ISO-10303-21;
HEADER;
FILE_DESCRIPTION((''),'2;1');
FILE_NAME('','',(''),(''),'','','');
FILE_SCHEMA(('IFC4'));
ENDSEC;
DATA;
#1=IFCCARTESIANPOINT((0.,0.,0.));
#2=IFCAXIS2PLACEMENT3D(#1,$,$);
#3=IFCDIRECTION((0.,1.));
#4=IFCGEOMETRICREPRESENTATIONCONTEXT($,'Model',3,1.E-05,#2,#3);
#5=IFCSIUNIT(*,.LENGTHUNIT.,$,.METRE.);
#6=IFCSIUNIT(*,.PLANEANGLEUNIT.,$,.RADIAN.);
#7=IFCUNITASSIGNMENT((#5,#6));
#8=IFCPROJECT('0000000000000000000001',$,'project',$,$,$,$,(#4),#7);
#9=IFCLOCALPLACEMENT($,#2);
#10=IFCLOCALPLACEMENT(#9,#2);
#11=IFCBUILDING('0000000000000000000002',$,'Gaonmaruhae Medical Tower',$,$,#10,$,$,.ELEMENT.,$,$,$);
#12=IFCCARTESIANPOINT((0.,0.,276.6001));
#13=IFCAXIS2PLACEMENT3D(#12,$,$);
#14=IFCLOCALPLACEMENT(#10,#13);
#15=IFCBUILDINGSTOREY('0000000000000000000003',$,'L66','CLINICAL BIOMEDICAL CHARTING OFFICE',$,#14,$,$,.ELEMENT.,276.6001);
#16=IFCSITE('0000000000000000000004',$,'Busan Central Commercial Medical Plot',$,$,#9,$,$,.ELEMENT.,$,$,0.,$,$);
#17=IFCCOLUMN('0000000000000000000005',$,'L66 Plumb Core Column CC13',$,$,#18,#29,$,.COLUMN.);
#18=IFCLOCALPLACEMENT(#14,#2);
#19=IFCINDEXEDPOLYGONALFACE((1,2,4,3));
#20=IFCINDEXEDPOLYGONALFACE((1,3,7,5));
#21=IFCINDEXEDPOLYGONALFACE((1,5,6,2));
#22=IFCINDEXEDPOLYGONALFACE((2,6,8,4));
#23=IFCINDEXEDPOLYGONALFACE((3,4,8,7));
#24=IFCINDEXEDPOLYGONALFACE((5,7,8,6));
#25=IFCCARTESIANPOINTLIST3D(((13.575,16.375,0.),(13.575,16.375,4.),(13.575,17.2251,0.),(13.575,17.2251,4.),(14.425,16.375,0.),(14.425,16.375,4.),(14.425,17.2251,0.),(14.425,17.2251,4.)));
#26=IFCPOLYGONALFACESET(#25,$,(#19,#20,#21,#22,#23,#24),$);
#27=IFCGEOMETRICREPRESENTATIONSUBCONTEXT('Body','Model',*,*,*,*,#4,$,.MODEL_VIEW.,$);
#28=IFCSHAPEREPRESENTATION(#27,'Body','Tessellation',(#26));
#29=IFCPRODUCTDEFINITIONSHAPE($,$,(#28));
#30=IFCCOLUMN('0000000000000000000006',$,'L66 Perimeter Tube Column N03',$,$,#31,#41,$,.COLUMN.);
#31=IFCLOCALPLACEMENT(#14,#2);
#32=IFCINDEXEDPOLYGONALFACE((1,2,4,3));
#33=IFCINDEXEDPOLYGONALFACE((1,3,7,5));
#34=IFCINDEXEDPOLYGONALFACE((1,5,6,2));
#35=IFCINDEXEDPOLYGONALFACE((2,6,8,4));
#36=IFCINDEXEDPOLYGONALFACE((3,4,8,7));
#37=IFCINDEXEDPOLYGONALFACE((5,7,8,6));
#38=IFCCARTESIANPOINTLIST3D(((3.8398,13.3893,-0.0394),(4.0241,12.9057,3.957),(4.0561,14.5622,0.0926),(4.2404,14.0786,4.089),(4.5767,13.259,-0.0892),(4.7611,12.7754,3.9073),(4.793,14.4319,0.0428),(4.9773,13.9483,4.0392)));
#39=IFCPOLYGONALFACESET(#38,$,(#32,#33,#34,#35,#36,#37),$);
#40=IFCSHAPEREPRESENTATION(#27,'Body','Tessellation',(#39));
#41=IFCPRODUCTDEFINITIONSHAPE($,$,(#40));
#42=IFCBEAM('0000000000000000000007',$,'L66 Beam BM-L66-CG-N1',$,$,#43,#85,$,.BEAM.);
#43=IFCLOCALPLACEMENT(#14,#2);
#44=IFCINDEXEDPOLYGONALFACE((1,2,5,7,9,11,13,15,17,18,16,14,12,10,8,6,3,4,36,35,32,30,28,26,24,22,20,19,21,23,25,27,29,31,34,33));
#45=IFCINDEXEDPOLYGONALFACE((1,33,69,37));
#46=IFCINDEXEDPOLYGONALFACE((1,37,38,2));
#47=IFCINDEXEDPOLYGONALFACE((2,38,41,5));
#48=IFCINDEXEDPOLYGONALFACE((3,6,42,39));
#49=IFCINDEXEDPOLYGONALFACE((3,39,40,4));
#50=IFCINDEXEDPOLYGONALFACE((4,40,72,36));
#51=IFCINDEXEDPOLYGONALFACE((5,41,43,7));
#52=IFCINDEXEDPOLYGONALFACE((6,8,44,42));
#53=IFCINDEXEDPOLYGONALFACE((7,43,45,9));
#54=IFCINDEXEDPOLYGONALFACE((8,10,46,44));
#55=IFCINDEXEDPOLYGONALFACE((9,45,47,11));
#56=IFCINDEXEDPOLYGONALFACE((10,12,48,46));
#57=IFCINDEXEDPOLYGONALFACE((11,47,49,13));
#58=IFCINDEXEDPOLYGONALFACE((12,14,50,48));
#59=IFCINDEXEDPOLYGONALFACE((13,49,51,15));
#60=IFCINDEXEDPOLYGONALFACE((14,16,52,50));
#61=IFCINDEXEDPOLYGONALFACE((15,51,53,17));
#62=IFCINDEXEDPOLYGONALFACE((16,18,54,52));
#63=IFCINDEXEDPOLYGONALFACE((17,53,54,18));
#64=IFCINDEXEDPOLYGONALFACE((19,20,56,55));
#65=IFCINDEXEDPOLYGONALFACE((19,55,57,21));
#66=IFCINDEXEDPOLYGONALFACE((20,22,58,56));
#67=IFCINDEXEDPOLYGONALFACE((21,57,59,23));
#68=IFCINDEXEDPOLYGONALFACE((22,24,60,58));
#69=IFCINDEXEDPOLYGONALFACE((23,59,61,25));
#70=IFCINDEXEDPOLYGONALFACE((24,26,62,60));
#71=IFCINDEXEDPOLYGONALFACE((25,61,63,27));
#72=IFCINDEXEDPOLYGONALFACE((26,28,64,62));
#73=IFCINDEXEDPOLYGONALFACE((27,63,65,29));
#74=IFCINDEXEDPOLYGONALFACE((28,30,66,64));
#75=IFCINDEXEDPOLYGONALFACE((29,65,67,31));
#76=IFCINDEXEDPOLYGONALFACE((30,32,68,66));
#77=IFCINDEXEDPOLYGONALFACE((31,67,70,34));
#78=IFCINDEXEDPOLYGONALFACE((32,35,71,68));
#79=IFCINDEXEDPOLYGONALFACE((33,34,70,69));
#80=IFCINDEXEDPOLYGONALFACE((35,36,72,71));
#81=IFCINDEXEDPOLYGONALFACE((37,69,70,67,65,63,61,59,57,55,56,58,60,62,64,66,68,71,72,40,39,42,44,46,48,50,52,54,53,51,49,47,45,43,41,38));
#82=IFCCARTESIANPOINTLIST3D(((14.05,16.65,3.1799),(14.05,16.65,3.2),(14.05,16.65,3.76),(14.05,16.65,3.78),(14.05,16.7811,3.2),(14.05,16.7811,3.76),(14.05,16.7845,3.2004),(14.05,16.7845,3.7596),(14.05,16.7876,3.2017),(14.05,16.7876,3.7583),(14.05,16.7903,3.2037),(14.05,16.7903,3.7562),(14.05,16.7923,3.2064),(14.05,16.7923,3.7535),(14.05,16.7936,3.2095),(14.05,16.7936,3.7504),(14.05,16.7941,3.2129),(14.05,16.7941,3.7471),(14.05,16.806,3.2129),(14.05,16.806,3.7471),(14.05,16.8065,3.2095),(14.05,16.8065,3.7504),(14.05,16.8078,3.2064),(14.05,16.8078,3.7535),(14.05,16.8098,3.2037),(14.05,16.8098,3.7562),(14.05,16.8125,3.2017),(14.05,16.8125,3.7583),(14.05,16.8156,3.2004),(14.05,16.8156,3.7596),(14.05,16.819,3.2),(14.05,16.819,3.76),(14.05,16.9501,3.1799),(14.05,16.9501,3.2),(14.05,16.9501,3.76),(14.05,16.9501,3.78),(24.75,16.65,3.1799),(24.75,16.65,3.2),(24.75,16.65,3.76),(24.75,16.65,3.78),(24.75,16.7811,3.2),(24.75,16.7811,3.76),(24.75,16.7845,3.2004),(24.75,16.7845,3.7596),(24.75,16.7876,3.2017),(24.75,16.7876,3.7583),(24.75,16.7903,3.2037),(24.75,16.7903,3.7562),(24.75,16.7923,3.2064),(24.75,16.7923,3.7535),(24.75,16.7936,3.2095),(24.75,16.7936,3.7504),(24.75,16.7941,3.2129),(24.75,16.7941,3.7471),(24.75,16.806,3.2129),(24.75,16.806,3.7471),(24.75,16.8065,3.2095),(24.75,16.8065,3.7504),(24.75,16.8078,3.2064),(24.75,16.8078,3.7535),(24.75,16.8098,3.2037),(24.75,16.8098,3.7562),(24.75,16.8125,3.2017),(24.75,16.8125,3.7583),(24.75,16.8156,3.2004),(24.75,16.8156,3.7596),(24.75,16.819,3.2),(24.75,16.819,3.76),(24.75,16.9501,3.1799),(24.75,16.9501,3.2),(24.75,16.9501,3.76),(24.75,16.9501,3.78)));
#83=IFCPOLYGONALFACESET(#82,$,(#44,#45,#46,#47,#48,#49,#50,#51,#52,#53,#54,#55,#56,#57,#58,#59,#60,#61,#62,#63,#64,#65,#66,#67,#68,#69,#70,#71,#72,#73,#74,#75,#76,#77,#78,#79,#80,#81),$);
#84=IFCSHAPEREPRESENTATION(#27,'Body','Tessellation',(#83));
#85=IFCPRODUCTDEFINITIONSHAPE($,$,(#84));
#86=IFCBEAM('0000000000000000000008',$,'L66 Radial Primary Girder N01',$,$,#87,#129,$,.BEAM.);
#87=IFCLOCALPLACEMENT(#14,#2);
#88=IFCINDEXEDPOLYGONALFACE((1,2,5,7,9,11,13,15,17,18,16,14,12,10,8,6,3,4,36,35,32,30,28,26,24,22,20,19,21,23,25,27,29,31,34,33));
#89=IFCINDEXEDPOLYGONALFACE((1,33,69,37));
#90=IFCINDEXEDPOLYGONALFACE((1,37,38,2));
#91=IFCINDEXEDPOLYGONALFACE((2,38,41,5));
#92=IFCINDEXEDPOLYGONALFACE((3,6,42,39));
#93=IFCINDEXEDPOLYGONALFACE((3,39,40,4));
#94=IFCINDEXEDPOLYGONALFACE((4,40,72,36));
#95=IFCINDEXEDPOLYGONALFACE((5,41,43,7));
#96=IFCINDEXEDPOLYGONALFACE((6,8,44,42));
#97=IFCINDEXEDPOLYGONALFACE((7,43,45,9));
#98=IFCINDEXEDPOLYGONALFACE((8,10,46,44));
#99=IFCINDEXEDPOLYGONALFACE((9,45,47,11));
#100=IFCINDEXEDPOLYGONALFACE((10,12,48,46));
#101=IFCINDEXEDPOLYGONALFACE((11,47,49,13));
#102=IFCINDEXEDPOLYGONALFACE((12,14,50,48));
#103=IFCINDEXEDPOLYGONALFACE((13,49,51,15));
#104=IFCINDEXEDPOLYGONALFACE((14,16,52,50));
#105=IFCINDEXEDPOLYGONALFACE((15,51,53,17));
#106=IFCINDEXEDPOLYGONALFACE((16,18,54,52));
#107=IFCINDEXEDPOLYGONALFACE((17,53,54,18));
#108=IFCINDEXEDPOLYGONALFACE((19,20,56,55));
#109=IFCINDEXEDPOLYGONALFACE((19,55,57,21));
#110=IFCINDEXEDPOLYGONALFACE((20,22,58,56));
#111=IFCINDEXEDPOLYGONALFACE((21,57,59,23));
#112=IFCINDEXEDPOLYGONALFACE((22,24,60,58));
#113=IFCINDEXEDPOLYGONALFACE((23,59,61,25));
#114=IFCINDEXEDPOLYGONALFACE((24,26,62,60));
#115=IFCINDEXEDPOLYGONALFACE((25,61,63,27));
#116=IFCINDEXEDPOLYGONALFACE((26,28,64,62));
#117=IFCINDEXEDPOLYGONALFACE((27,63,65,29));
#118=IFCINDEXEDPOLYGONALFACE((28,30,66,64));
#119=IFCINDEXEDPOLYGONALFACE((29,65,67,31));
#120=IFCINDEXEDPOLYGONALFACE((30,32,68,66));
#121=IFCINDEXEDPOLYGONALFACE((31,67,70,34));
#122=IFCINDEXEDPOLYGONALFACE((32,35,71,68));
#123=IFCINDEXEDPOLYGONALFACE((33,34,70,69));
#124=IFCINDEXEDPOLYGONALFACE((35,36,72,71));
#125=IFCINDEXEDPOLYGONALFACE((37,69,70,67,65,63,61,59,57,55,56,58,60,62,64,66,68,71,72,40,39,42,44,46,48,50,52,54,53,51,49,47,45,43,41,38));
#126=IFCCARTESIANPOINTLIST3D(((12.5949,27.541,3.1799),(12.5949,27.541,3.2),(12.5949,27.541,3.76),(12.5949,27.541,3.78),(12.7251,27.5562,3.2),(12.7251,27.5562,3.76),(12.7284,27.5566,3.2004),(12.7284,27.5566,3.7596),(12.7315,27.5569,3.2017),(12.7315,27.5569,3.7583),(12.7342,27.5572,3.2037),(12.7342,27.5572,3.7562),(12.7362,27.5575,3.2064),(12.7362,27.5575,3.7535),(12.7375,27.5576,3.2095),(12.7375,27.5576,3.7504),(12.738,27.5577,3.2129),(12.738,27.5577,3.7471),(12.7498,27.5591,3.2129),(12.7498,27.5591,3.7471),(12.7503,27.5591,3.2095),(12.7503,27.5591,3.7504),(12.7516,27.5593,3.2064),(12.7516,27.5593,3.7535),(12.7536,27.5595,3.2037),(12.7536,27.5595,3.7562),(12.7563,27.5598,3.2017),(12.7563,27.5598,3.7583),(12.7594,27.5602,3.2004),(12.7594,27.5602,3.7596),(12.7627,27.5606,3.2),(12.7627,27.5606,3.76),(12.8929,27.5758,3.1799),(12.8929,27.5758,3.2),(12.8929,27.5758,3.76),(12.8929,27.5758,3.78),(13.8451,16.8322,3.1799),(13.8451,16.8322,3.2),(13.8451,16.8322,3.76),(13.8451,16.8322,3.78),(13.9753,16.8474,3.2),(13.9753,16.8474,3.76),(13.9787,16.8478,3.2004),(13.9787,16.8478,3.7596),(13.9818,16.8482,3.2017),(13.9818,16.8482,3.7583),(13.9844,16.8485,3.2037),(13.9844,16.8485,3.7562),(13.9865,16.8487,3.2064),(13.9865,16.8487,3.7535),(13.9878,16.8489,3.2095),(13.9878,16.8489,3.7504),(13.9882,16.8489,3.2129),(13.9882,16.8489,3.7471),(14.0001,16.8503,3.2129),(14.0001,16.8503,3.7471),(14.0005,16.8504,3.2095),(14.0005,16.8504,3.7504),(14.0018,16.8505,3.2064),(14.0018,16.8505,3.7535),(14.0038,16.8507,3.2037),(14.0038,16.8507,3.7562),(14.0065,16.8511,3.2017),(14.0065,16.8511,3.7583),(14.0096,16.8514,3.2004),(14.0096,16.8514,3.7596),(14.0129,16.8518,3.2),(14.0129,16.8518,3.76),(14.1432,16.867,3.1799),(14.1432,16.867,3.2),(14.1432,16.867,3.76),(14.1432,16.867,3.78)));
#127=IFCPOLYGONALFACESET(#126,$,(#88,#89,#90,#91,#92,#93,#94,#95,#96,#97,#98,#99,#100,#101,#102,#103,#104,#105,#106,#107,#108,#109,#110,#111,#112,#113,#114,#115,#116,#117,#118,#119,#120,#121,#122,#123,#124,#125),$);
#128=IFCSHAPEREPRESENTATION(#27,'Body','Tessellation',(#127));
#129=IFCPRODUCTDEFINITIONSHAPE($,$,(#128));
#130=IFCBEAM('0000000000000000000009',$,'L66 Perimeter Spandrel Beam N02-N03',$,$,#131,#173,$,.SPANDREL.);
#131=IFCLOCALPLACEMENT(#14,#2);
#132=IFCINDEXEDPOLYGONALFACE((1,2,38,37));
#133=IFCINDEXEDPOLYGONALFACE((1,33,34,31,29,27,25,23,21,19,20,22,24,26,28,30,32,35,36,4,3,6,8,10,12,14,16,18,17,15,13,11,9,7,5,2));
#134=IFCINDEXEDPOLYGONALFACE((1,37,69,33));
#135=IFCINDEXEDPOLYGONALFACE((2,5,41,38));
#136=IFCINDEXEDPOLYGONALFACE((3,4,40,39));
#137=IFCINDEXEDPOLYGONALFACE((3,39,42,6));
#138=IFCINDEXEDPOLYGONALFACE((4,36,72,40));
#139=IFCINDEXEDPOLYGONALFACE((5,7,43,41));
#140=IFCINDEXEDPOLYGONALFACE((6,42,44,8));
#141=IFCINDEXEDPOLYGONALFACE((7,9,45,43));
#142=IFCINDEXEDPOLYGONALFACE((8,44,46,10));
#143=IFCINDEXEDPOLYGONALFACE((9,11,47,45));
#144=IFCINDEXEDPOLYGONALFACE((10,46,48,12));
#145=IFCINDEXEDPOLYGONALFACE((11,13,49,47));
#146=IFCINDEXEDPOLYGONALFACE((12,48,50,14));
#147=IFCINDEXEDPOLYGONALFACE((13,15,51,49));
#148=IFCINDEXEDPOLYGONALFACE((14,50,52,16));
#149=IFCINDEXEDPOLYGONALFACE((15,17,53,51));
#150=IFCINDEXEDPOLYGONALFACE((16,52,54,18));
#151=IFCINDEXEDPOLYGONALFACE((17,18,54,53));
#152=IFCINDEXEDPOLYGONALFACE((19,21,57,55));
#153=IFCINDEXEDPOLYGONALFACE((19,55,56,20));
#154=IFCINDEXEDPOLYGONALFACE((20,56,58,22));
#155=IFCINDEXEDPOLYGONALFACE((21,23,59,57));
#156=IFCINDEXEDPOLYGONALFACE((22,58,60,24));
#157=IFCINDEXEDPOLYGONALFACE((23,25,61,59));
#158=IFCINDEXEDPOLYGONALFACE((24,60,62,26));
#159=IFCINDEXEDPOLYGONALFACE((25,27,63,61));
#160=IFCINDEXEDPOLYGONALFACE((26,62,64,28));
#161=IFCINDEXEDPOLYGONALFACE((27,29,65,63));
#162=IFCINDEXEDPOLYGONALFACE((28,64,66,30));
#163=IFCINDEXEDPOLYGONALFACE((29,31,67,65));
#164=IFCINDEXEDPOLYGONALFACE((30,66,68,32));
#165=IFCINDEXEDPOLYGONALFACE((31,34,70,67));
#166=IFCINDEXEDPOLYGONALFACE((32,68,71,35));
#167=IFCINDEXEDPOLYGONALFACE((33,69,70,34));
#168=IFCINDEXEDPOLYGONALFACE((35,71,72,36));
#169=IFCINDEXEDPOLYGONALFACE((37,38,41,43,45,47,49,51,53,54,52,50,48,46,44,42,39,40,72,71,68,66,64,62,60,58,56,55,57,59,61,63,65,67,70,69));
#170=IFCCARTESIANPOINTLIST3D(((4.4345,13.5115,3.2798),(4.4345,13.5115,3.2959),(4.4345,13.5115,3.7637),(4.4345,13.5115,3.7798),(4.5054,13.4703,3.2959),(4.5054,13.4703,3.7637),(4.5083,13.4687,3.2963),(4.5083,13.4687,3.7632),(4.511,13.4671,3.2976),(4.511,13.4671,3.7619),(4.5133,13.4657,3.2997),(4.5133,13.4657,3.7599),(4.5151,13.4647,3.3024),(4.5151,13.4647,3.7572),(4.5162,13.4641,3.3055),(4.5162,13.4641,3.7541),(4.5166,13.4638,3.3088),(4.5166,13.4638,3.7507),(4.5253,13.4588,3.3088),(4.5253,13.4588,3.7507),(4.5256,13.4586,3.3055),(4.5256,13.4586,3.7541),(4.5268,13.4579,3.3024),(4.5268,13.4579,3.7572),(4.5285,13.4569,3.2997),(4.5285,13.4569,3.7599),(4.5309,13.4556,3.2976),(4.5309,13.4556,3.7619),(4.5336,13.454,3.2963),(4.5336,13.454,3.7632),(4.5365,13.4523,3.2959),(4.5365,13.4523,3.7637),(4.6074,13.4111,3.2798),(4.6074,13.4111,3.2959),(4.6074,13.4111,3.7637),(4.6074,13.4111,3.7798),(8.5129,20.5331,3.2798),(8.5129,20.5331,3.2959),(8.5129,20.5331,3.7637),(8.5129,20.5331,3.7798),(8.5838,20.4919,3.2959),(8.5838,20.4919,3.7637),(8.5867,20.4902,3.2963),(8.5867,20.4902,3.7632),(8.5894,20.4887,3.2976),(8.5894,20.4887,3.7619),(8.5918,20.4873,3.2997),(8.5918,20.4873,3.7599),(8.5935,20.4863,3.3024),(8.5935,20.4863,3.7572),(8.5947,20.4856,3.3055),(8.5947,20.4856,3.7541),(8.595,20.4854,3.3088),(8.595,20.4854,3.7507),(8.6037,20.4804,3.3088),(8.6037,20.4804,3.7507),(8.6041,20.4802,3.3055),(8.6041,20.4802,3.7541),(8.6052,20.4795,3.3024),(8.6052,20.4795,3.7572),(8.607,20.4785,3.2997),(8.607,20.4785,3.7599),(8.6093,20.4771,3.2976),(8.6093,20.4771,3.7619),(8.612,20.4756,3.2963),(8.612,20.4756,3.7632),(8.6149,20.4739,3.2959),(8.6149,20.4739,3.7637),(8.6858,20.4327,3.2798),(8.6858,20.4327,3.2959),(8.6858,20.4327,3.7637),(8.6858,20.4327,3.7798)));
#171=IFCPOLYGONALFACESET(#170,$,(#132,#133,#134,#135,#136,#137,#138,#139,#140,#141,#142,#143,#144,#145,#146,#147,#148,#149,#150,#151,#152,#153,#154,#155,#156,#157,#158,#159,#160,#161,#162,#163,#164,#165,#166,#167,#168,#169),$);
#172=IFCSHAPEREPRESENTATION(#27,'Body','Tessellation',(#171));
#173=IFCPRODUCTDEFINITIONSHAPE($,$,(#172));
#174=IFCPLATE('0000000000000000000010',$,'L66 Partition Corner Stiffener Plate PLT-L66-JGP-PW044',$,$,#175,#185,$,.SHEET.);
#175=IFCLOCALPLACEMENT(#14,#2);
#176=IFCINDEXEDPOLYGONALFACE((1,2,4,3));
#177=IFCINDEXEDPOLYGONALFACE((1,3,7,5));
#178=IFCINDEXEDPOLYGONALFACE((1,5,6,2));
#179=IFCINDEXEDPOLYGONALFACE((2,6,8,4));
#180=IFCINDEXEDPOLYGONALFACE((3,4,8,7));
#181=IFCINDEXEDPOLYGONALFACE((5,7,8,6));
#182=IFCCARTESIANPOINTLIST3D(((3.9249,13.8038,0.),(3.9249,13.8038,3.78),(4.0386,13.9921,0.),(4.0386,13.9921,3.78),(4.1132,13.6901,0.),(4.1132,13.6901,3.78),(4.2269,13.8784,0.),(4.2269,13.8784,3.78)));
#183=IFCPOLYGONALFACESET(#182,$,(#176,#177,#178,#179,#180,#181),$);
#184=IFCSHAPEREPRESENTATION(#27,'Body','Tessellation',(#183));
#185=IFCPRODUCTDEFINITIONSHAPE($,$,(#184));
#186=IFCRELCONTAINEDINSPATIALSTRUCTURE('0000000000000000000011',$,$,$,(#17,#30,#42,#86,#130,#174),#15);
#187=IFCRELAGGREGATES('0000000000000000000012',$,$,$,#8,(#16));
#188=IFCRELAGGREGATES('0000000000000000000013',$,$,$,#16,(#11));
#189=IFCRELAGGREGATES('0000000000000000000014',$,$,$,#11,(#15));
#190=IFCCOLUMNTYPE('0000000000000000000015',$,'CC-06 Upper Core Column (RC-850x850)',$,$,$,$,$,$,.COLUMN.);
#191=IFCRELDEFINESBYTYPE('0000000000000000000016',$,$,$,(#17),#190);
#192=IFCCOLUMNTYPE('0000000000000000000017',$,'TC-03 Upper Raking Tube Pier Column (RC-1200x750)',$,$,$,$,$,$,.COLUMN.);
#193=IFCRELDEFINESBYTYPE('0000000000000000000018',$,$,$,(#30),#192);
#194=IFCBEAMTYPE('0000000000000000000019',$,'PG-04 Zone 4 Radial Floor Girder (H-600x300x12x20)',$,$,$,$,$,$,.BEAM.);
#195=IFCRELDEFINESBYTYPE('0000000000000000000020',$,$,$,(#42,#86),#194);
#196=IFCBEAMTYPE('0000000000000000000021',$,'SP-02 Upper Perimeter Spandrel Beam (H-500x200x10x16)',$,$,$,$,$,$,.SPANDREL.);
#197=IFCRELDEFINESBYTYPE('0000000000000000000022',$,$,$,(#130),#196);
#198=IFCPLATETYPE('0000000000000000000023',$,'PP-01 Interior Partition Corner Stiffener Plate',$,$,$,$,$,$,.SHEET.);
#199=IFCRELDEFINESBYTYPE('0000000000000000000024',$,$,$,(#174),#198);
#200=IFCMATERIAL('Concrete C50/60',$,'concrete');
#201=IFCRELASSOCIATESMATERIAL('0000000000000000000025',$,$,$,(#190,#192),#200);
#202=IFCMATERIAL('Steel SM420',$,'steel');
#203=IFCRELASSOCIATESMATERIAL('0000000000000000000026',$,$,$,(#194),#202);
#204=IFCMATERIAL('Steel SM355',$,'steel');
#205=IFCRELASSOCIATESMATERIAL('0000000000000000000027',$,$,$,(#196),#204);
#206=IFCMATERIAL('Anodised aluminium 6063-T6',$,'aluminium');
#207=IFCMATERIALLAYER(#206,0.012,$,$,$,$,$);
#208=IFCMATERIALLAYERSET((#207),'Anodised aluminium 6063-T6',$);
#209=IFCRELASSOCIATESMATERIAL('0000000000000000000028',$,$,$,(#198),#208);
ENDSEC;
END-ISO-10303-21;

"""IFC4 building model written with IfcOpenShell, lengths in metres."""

from ifc_helpers import new_model, si_unit, direction, frame, origin, origin_2d, place, context, subcontext, project, spatial, rectangle, i_section, extrude, material, layer, layer_set, material_profile, profile_set, type_object, element, save


model = new_model("IFC4")

# Units and contexts
model_context = context("Model", 3, precision=1e-05, world=origin(), true_north=direction((0.0, 1.0)))
body_context = subcontext(model_context, "Body", "Model", "MODEL_VIEW")
ifc_project = project(units=[si_unit("LENGTHUNIT", "METRE"), si_unit("PLANEANGLEUNIT", "RADIAN")], contexts=[model_context])

# Site, building, storey
site_placement = place(None, origin())
site = spatial("IfcSite", under=ifc_project, at=site_placement, Name="Busan Central Commercial Medical Plot", CompositionType="ELEMENT", RefElevation=0.0)
building_placement = place(site_placement, origin())
building = spatial("IfcBuilding", under=site, at=building_placement, Name="Gaonmaruhae Medical Tower", CompositionType="ELEMENT")
storey_placement = place(building_placement, frame((0.0, 0.0, 276.6001)))
storey = spatial("IfcBuildingStorey", under=building, at=storey_placement, Name="L66", Description="CLINICAL BIOMEDICAL CHARTING OFFICE", CompositionType="ELEMENT", Elevation=276.6001)

# Columns
ifc_material_1 = material(Name="Concrete C50/60", Category="concrete")
ifc_material_profile_1 = material_profile(ifc_material_1, rectangle(XDim=0.8501, YDim=0.8501, at=origin_2d()), Name="RC-850x850")
ifc_profile_set_1 = profile_set([ifc_material_profile_1], Name="Concrete C50/60")
column_type_1 = type_object("IfcColumnType", Name="CC-06 Upper Core Column (RC-850x850)", PredefinedType="COLUMN", material=ifc_profile_set_1)
column_1_placement = place(storey_placement, frame((14.0, 16.8, 0.0), z_axis=(0.0, 0.0, 1.0), x_axis=(1.0, 0.0, 0.0)))
element("IfcColumn", 1, at=column_1_placement, inside=storey, type_object=column_type_1, Name="L66 Plumb Core Column CC13", PredefinedType="COLUMN", context=body_context, shape_type="SweptSolid", body=[
    extrude(rectangle(XDim=0.8501, YDim=0.8501, at=origin_2d()), origin(), (0.0, 0.0, 1.0), 4.0),
])
ifc_material_profile_2 = material_profile(ifc_material_1, rectangle(XDim=1.2, YDim=0.75, at=origin_2d()), Name="RC-1200x750")
ifc_profile_set_2 = profile_set([ifc_material_profile_2], Name="Concrete C50/60")
column_type_2 = type_object("IfcColumnType", Name="TC-03 Upper Raking Tube Pier Column (RC-1200x750)", PredefinedType="COLUMN", material=ifc_profile_set_2)
column_2_placement = place(storey_placement, frame((4.3164, 13.9106, 0.0017), z_axis=(0.045742, -0.120019, 0.991717), x_axis=(0.180248, 0.977453, 0.109979)))
element("IfcColumn", 2, at=column_2_placement, inside=storey, type_object=column_type_2, Name="L66 Perimeter Tube Column N03", PredefinedType="COLUMN", context=body_context, shape_type="SweptSolid", body=[
    extrude(rectangle(XDim=1.2, YDim=0.75, at=origin_2d()), origin(), (0.0, 0.0, 1.0), 4.0298),
])

# Beams
ifc_material_2 = material(Name="Steel SM420", Category="steel")
ifc_material_profile_3 = material_profile(ifc_material_2, i_section(OverallWidth=0.3, OverallDepth=0.6001, WebThickness=0.012, FlangeThickness=0.02, FilletRadius=0.0129, at=origin_2d()), Name="H-600x300x12x20")
ifc_profile_set_3 = profile_set([ifc_material_profile_3], Name="Steel SM420")
beam_type_1 = type_object("IfcBeamType", Name="PG-04 Zone 4 Radial Floor Girder (H-600x300x12x20)", PredefinedType="BEAM", material=ifc_profile_set_3)
beam_1_placement = place(storey_placement, frame((14.05, 16.8, 3.48), z_axis=(1.0, 0.0, 0.0), x_axis=(0.0, 1.0, 0.0)))
element("IfcBeam", 3, at=beam_1_placement, inside=storey, type_object=beam_type_1, Name="L66 Beam BM-L66-CG-N1", PredefinedType="BEAM", context=body_context, shape_type="SweptSolid", body=[
    extrude(i_section(OverallWidth=0.3, OverallDepth=0.6001, WebThickness=0.012, FlangeThickness=0.02, FilletRadius=0.0129, at=origin_2d()), origin(), (0.0, 0.0, 1.0), 10.7),
])
beam_2_placement = place(storey_placement, frame((13.9941, 16.8496, 3.48), z_axis=(-0.115962, 0.993254, 0.0), x_axis=(-0.993254, -0.115962, 0.0)))
element("IfcBeam", 4, at=beam_2_placement, inside=storey, type_object=beam_type_1, Name="L66 Radial Primary Girder N01", PredefinedType="BEAM", context=body_context, shape_type="SweptSolid", body=[
    extrude(i_section(OverallWidth=0.3, OverallDepth=0.6001, WebThickness=0.012, FlangeThickness=0.02, FilletRadius=0.0129, at=origin_2d()), origin(), (0.0, 0.0, 1.0), 10.7815),
])
ifc_material_3 = material(Name="Steel SM355", Category="steel")
ifc_material_profile_4 = material_profile(ifc_material_3, i_section(OverallWidth=0.2, OverallDepth=0.5, WebThickness=0.01, FlangeThickness=0.0161, FilletRadius=0.0129, at=origin_2d()), Name="H-500x200x10x16")
ifc_profile_set_4 = profile_set([ifc_material_profile_4], Name="Steel SM355")
beam_type_2 = type_object("IfcBeamType", Name="SP-02 Upper Perimeter Spandrel Beam (H-500x200x10x16)", PredefinedType="SPANDREL", material=ifc_profile_set_4)
beam_3_placement = place(storey_placement, frame((8.5994, 20.4829, 3.5298), z_axis=(-0.502262, -0.864715, 0.0), x_axis=(0.864715, -0.502262, 0.0)))
element("IfcBeam", 5, at=beam_3_placement, inside=storey, type_object=beam_type_2, Name="L66 Perimeter Spandrel Beam N02-N03", PredefinedType="SPANDREL", context=body_context, shape_type="SweptSolid", body=[
    extrude(i_section(OverallWidth=0.2, OverallDepth=0.5, WebThickness=0.01, FlangeThickness=0.0161, FilletRadius=0.0129, at=origin_2d()), origin(), (0.0, 0.0, 1.0), 8.1201),
])

# Plate
ifc_material_4 = material(Name="Anodised aluminium 6063-T6", Category="aluminium")
ifc_layer_1 = layer(ifc_material_4, 0.012)
ifc_layer_set_1 = layer_set([ifc_layer_1], Name="Anodised aluminium 6063-T6")
plate_type = type_object("IfcPlateType", Name="PP-01 Interior Partition Corner Stiffener Plate", PredefinedType="SHEET", material=ifc_layer_set_1)
plate_placement = place(storey_placement, frame((4.0759, 13.8411, 0.0), z_axis=(0.0, 0.0, 1.0), x_axis=(0.516907, 0.856042, 0.0)))
element("IfcPlate", 6, at=plate_placement, inside=storey, type_object=plate_type, Name="L66 Partition Corner Stiffener Plate PLT-L66-JGP-PW044", PredefinedType="SHEET", context=body_context, shape_type="SweptSolid", body=[
    extrude(rectangle(XDim=0.22, YDim=0.22, at=origin_2d()), origin(), (0.0, 0.0, 1.0), 3.78),
])

save(model, "model.ifc")
